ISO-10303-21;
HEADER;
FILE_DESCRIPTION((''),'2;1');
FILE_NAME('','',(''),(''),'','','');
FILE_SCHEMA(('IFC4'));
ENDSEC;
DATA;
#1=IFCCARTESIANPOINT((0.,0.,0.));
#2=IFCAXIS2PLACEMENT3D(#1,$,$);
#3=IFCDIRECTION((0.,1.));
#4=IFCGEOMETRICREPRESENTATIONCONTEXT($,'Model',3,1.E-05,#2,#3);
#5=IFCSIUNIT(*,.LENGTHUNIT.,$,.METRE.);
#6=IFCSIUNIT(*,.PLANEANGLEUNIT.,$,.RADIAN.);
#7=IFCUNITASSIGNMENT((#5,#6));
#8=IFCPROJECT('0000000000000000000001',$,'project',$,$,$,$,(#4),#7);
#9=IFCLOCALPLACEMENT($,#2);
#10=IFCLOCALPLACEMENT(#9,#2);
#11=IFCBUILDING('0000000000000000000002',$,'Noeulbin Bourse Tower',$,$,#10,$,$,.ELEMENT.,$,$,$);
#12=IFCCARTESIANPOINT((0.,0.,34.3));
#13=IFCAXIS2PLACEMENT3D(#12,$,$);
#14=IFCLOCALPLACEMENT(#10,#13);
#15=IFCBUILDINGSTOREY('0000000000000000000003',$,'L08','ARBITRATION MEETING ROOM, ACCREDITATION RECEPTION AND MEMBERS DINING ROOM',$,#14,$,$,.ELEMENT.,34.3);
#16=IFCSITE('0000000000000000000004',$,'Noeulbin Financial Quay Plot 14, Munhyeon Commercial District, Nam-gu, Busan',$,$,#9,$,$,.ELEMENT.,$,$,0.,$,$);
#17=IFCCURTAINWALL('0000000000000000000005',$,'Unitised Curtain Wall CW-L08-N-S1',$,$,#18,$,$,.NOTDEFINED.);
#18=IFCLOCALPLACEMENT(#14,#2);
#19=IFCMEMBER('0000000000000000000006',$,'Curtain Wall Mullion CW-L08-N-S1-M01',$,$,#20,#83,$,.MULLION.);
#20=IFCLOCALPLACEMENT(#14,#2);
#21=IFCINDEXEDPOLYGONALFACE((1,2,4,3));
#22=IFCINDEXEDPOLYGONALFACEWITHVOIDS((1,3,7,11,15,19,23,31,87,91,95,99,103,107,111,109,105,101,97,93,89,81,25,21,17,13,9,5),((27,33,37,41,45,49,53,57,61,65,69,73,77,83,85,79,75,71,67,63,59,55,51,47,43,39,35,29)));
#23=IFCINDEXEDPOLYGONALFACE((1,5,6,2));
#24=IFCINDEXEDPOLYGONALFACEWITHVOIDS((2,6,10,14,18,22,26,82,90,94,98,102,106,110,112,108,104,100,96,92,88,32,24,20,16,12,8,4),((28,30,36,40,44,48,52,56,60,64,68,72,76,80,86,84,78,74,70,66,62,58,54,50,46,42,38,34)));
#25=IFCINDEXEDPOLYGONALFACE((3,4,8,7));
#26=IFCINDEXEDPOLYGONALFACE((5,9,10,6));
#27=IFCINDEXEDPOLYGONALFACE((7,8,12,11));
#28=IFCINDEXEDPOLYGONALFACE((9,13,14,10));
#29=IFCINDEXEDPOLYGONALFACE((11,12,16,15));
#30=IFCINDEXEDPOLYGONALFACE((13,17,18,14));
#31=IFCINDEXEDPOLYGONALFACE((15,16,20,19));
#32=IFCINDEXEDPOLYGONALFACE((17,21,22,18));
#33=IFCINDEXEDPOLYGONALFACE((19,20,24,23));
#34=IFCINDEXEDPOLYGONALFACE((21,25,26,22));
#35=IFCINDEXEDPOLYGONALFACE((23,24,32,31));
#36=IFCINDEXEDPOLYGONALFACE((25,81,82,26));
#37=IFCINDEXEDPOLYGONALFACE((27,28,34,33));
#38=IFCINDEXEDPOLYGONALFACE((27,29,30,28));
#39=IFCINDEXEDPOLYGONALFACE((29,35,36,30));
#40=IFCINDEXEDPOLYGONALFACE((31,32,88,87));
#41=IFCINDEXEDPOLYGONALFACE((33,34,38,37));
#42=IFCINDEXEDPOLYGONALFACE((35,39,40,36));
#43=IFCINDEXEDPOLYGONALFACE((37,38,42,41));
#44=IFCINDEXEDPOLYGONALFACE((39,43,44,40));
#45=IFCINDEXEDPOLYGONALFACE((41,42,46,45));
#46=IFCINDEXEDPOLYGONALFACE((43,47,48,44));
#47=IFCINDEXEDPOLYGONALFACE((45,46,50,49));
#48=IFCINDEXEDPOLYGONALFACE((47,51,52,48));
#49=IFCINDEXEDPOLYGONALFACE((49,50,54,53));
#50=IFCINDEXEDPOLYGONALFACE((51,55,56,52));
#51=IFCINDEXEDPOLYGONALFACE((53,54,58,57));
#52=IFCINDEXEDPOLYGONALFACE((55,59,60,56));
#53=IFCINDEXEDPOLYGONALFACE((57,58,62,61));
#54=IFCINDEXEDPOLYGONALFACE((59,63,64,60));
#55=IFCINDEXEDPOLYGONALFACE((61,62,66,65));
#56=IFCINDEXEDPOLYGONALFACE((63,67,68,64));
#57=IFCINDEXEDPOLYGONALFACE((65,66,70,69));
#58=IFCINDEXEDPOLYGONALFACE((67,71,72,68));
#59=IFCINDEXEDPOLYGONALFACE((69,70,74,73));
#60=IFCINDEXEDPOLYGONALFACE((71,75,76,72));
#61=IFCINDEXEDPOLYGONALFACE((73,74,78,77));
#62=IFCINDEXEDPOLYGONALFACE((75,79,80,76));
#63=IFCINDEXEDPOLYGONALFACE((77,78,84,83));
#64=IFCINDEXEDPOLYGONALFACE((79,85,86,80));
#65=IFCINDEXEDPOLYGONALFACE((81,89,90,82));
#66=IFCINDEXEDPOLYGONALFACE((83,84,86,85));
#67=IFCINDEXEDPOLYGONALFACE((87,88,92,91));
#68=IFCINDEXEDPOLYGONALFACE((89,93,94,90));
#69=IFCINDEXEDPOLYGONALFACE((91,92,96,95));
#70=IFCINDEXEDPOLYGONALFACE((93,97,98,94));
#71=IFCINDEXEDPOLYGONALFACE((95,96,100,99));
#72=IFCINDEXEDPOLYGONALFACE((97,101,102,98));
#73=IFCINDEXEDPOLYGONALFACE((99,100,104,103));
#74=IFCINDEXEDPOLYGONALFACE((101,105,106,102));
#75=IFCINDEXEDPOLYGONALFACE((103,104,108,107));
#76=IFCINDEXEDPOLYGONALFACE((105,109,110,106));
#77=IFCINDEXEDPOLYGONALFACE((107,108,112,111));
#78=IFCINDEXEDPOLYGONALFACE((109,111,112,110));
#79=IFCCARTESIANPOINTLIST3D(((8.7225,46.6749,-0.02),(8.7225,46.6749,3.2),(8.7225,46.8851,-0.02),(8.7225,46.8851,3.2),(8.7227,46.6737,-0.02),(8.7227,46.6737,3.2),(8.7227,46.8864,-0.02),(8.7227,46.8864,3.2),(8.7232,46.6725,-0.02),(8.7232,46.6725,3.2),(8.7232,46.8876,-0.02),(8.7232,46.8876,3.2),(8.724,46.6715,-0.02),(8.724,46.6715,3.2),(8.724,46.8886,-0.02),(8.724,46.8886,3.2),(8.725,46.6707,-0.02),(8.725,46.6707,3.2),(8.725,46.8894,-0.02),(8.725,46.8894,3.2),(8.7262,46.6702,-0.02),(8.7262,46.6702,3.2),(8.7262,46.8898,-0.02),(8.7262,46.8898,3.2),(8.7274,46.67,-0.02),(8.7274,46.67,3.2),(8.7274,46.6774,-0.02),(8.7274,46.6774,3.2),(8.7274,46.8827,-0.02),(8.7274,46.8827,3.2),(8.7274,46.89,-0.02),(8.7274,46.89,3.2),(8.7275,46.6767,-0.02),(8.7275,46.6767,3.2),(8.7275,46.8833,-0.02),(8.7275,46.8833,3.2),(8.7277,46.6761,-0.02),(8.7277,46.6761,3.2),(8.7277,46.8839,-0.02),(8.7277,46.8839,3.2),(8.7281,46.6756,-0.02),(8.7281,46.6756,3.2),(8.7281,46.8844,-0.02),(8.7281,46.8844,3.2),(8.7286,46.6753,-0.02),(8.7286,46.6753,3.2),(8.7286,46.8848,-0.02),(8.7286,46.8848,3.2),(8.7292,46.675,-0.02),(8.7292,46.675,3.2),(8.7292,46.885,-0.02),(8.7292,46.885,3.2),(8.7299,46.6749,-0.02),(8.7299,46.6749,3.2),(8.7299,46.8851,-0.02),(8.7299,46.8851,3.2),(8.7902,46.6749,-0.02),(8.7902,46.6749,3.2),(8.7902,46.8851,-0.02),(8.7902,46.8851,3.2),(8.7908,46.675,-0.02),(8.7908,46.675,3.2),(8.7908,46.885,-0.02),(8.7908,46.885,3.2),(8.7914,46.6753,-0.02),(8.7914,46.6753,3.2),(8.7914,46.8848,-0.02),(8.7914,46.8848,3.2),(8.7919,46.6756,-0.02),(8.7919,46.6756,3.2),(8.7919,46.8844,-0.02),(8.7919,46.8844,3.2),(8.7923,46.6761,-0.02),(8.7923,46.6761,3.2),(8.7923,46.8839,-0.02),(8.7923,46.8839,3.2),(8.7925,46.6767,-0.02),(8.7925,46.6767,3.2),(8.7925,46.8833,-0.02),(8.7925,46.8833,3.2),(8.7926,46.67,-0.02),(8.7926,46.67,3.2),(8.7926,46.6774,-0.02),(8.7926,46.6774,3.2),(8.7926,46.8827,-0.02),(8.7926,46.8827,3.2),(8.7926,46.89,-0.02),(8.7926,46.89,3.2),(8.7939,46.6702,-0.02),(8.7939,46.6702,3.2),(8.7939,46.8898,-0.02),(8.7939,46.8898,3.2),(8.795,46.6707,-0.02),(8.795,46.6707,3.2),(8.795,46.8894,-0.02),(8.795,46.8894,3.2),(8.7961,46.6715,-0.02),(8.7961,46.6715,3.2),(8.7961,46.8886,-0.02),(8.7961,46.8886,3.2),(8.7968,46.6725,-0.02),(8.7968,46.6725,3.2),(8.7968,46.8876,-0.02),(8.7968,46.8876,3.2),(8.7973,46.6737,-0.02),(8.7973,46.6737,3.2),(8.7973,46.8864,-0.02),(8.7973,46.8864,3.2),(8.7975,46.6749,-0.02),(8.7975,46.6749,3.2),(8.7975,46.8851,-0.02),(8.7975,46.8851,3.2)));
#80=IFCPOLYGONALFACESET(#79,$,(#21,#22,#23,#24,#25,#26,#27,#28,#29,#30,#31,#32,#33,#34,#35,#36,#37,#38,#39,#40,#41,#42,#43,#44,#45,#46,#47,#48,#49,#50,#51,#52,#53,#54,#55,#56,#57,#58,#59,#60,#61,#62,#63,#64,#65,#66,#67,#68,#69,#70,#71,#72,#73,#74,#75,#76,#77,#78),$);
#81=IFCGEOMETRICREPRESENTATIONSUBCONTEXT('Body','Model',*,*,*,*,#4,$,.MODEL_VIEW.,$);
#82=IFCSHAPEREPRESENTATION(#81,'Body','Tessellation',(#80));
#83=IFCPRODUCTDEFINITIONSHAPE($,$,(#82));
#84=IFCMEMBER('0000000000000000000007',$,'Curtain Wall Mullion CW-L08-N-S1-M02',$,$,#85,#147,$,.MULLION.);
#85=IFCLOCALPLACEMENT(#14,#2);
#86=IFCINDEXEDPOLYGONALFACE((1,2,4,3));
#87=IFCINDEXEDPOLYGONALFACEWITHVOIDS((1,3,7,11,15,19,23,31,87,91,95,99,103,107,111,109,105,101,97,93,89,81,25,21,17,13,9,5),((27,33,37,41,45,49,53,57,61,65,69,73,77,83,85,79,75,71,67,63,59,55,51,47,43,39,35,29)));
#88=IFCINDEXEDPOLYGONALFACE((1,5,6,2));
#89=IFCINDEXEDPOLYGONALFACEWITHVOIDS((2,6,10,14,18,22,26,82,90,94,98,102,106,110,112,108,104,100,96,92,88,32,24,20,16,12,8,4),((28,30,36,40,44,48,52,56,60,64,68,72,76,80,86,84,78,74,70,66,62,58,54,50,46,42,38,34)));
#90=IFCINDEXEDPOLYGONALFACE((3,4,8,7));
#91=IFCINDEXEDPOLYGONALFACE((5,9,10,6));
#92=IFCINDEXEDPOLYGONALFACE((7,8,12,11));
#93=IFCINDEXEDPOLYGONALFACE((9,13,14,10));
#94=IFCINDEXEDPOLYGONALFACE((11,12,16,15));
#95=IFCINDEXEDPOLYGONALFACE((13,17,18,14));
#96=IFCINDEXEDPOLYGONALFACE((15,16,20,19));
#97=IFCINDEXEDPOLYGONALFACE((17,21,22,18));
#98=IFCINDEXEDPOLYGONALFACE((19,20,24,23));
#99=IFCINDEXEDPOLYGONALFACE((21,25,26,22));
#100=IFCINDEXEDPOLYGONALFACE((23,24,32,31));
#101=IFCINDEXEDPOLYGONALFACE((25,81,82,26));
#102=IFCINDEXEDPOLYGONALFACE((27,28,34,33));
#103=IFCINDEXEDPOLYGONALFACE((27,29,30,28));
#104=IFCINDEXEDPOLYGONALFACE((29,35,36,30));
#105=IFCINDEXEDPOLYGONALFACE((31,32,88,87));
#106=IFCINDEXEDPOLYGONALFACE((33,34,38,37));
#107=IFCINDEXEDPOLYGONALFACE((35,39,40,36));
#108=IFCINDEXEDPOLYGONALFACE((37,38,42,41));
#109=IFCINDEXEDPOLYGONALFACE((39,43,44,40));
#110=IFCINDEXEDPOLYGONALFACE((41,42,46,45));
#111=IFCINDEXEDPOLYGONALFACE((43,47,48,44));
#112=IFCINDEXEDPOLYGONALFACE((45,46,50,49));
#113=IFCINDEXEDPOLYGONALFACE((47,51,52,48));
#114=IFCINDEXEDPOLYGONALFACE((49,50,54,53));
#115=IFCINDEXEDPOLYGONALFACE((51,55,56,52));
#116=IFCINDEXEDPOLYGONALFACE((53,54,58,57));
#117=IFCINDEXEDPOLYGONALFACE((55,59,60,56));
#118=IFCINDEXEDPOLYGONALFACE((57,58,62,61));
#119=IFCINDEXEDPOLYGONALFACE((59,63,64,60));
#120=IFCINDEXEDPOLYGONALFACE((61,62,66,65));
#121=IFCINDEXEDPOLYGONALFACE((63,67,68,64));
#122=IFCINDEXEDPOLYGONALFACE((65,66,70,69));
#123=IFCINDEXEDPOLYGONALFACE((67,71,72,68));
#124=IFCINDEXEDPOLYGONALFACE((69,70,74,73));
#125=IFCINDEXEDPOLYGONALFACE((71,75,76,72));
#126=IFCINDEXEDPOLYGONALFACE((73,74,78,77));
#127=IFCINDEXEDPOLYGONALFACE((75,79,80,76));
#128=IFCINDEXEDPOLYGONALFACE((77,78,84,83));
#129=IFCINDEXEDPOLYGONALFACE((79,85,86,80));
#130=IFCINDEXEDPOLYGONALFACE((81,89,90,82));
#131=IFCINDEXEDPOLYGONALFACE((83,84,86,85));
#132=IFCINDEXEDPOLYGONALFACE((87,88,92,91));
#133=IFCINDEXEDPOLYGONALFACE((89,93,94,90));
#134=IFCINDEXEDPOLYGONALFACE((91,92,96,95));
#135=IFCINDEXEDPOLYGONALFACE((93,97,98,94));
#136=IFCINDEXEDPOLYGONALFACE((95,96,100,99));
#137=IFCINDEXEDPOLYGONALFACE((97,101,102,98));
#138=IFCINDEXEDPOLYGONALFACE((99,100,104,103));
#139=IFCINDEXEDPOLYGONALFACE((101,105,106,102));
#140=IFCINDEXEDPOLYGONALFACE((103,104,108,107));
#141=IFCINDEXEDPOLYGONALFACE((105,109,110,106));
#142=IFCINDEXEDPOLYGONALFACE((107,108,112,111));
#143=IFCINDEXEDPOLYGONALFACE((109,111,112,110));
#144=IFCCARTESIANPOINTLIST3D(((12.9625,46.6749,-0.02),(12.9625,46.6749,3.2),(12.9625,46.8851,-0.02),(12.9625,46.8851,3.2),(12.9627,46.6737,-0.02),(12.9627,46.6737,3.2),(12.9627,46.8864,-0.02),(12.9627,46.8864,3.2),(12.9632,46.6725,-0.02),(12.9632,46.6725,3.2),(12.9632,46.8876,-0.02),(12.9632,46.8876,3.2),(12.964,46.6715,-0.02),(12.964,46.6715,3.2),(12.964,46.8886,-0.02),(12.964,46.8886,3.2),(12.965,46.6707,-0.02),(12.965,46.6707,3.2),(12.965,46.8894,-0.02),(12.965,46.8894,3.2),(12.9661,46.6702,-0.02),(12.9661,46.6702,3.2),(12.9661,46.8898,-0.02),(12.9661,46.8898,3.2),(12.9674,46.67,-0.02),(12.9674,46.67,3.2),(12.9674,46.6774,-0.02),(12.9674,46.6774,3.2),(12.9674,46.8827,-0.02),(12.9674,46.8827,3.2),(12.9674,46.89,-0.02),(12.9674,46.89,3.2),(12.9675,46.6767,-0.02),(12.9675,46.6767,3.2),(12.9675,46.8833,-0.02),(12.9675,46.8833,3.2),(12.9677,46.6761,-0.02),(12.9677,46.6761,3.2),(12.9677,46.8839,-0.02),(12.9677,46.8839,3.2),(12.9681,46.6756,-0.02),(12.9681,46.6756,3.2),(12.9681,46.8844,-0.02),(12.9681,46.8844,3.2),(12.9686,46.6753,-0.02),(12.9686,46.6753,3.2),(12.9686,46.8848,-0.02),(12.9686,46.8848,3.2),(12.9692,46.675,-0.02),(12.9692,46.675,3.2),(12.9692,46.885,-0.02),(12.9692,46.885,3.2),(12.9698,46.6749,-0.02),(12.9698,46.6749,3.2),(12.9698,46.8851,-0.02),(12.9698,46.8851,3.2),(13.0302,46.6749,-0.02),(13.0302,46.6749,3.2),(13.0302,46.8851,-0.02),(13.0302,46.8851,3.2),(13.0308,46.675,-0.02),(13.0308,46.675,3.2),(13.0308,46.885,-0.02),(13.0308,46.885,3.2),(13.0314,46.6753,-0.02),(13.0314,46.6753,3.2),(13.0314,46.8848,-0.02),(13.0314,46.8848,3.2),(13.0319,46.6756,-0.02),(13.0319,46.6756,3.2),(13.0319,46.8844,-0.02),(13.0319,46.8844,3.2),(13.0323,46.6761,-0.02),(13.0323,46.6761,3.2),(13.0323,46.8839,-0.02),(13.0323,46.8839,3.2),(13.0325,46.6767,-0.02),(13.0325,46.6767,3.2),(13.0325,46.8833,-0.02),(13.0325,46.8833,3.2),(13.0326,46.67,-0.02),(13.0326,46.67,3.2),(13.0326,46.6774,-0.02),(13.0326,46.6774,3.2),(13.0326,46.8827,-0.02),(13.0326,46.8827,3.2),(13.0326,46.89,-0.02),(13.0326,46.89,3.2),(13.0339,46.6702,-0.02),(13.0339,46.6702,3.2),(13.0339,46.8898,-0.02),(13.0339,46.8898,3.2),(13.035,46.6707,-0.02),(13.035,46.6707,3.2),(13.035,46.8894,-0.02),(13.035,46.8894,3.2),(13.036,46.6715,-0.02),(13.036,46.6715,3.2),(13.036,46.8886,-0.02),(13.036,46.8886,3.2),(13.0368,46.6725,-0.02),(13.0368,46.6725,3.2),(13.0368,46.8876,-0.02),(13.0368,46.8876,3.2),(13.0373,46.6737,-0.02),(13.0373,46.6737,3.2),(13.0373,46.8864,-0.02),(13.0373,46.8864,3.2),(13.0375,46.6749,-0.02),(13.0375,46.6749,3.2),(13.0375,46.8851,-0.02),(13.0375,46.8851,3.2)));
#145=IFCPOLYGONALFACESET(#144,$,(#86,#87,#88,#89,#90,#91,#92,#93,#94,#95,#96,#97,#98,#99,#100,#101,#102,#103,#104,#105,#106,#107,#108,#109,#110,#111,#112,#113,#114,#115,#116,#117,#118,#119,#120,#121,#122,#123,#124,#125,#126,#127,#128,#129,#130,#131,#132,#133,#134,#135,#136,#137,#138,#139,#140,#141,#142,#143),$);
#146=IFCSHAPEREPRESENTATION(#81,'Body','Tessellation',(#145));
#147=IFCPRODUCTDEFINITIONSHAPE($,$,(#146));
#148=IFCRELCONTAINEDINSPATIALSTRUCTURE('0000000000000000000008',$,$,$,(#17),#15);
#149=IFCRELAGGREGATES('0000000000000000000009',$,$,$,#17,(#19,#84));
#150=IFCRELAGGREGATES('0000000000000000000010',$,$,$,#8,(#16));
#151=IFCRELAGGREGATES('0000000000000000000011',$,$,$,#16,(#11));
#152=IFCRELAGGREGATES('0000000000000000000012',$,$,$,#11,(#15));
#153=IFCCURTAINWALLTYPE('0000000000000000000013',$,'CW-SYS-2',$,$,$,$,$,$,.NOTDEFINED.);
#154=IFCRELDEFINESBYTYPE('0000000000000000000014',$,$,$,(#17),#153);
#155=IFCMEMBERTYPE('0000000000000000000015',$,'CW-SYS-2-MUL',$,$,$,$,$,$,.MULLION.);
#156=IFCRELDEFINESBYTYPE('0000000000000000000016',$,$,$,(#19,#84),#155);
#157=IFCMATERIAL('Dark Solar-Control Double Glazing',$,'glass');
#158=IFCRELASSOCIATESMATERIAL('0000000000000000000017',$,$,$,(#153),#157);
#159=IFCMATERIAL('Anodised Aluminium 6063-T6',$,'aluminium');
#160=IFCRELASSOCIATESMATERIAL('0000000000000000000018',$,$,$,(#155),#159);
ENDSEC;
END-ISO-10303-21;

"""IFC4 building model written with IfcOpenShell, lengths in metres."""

from ifc_helpers import new_model, si_unit, direction, frame, origin, origin_2d, place, context, subcontext, project, spatial, hollow_rectangle, extrude, material, material_profile, profile_set, type_object, element, aggregate, save


model = new_model("IFC4")

# Units and contexts
model_context = context("Model", 3, precision=1e-05, world=origin(), true_north=direction((0.0, 1.0)))
body_context = subcontext(model_context, "Body", "Model", "MODEL_VIEW")
ifc_project = project(units=[si_unit("LENGTHUNIT", "METRE"), si_unit("PLANEANGLEUNIT", "RADIAN")], contexts=[model_context])

# Site, building, storey
site_placement = place(None, origin())
site = spatial("IfcSite", under=ifc_project, at=site_placement, Name="Noeulbin Financial Quay Plot 14, Munhyeon Commercial District, Nam-gu, Busan", CompositionType="ELEMENT", RefElevation=0.0)
building_placement = place(site_placement, origin())
building = spatial("IfcBuilding", under=site, at=building_placement, Name="Noeulbin Bourse Tower", CompositionType="ELEMENT")
storey_placement = place(building_placement, frame((0.0, 0.0, 34.3)))
storey = spatial("IfcBuildingStorey", under=building, at=storey_placement, Name="L08", Description="ARBITRATION MEETING ROOM, ACCREDITATION RECEPTION AND MEMBERS DINING ROOM", CompositionType="ELEMENT", Elevation=34.3)

# Curtain wall, members
ifc_material_1 = material(Name="Dark Solar-Control Double Glazing", Category="glass")
curtain_wall_type = type_object("IfcCurtainWallType", Name="CW-SYS-2", PredefinedType="NOTDEFINED", material=ifc_material_1)
curtain_wall_1_placement = place(storey_placement, origin())
curtain_wall_1 = element("IfcCurtainWall", 1, at=curtain_wall_1_placement, inside=storey, type_object=curtain_wall_type, Name="Unitised Curtain Wall CW-L08-N-S1", PredefinedType="NOTDEFINED")
ifc_material_2 = material(Name="Anodised Aluminium 6063-T6", Category="aluminium")
ifc_material_profile_1 = material_profile(ifc_material_2, hollow_rectangle(XDim=0.075, YDim=0.22, WallThickness=0.0049, InnerFilletRadius=0.0024, OuterFilletRadius=0.0049, at=origin_2d()), Name="ALU-MULL-75x220x5", Category="LoadBearing")
ifc_profile_set_1 = profile_set([ifc_material_profile_1], Name="Anodised Aluminium 6063-T6")
member_type_1 = type_object("IfcMemberType", Name="CW-SYS-2-MUL", PredefinedType="MULLION", material=ifc_profile_set_1)
member_1_placement = place(storey_placement, frame((8.76, 46.78, -0.02), z_axis=(0.0, 0.0, 1.0), x_axis=(1.0, 0.0, 0.0)))
member_1 = element("IfcMember", 2, at=member_1_placement, type_object=member_type_1, Name="Curtain Wall Mullion CW-L08-N-S1-M01", PredefinedType="MULLION", context=body_context, shape_type="SweptSolid", body=[
    extrude(hollow_rectangle(XDim=0.075, YDim=0.22, WallThickness=0.0049, InnerFilletRadius=0.0024, OuterFilletRadius=0.0049, at=origin_2d()), origin(), (0.0, 0.0, 1.0), 3.22),
])
member_2_placement = place(storey_placement, frame((13.0, 46.78, -0.02), z_axis=(0.0, 0.0, 1.0), x_axis=(1.0, 0.0, 0.0)))
member_2 = element("IfcMember", 3, at=member_2_placement, type_object=member_type_1, Name="Curtain Wall Mullion CW-L08-N-S1-M02", PredefinedType="MULLION", context=body_context, shape_type="SweptSolid", body=[
    extrude(hollow_rectangle(XDim=0.075, YDim=0.22, WallThickness=0.0049, InnerFilletRadius=0.0024, OuterFilletRadius=0.0049, at=origin_2d()), origin(), (0.0, 0.0, 1.0), 3.22),
])

aggregate(curtain_wall_1, [member_1, member_2])

save(model, "model.ifc")
